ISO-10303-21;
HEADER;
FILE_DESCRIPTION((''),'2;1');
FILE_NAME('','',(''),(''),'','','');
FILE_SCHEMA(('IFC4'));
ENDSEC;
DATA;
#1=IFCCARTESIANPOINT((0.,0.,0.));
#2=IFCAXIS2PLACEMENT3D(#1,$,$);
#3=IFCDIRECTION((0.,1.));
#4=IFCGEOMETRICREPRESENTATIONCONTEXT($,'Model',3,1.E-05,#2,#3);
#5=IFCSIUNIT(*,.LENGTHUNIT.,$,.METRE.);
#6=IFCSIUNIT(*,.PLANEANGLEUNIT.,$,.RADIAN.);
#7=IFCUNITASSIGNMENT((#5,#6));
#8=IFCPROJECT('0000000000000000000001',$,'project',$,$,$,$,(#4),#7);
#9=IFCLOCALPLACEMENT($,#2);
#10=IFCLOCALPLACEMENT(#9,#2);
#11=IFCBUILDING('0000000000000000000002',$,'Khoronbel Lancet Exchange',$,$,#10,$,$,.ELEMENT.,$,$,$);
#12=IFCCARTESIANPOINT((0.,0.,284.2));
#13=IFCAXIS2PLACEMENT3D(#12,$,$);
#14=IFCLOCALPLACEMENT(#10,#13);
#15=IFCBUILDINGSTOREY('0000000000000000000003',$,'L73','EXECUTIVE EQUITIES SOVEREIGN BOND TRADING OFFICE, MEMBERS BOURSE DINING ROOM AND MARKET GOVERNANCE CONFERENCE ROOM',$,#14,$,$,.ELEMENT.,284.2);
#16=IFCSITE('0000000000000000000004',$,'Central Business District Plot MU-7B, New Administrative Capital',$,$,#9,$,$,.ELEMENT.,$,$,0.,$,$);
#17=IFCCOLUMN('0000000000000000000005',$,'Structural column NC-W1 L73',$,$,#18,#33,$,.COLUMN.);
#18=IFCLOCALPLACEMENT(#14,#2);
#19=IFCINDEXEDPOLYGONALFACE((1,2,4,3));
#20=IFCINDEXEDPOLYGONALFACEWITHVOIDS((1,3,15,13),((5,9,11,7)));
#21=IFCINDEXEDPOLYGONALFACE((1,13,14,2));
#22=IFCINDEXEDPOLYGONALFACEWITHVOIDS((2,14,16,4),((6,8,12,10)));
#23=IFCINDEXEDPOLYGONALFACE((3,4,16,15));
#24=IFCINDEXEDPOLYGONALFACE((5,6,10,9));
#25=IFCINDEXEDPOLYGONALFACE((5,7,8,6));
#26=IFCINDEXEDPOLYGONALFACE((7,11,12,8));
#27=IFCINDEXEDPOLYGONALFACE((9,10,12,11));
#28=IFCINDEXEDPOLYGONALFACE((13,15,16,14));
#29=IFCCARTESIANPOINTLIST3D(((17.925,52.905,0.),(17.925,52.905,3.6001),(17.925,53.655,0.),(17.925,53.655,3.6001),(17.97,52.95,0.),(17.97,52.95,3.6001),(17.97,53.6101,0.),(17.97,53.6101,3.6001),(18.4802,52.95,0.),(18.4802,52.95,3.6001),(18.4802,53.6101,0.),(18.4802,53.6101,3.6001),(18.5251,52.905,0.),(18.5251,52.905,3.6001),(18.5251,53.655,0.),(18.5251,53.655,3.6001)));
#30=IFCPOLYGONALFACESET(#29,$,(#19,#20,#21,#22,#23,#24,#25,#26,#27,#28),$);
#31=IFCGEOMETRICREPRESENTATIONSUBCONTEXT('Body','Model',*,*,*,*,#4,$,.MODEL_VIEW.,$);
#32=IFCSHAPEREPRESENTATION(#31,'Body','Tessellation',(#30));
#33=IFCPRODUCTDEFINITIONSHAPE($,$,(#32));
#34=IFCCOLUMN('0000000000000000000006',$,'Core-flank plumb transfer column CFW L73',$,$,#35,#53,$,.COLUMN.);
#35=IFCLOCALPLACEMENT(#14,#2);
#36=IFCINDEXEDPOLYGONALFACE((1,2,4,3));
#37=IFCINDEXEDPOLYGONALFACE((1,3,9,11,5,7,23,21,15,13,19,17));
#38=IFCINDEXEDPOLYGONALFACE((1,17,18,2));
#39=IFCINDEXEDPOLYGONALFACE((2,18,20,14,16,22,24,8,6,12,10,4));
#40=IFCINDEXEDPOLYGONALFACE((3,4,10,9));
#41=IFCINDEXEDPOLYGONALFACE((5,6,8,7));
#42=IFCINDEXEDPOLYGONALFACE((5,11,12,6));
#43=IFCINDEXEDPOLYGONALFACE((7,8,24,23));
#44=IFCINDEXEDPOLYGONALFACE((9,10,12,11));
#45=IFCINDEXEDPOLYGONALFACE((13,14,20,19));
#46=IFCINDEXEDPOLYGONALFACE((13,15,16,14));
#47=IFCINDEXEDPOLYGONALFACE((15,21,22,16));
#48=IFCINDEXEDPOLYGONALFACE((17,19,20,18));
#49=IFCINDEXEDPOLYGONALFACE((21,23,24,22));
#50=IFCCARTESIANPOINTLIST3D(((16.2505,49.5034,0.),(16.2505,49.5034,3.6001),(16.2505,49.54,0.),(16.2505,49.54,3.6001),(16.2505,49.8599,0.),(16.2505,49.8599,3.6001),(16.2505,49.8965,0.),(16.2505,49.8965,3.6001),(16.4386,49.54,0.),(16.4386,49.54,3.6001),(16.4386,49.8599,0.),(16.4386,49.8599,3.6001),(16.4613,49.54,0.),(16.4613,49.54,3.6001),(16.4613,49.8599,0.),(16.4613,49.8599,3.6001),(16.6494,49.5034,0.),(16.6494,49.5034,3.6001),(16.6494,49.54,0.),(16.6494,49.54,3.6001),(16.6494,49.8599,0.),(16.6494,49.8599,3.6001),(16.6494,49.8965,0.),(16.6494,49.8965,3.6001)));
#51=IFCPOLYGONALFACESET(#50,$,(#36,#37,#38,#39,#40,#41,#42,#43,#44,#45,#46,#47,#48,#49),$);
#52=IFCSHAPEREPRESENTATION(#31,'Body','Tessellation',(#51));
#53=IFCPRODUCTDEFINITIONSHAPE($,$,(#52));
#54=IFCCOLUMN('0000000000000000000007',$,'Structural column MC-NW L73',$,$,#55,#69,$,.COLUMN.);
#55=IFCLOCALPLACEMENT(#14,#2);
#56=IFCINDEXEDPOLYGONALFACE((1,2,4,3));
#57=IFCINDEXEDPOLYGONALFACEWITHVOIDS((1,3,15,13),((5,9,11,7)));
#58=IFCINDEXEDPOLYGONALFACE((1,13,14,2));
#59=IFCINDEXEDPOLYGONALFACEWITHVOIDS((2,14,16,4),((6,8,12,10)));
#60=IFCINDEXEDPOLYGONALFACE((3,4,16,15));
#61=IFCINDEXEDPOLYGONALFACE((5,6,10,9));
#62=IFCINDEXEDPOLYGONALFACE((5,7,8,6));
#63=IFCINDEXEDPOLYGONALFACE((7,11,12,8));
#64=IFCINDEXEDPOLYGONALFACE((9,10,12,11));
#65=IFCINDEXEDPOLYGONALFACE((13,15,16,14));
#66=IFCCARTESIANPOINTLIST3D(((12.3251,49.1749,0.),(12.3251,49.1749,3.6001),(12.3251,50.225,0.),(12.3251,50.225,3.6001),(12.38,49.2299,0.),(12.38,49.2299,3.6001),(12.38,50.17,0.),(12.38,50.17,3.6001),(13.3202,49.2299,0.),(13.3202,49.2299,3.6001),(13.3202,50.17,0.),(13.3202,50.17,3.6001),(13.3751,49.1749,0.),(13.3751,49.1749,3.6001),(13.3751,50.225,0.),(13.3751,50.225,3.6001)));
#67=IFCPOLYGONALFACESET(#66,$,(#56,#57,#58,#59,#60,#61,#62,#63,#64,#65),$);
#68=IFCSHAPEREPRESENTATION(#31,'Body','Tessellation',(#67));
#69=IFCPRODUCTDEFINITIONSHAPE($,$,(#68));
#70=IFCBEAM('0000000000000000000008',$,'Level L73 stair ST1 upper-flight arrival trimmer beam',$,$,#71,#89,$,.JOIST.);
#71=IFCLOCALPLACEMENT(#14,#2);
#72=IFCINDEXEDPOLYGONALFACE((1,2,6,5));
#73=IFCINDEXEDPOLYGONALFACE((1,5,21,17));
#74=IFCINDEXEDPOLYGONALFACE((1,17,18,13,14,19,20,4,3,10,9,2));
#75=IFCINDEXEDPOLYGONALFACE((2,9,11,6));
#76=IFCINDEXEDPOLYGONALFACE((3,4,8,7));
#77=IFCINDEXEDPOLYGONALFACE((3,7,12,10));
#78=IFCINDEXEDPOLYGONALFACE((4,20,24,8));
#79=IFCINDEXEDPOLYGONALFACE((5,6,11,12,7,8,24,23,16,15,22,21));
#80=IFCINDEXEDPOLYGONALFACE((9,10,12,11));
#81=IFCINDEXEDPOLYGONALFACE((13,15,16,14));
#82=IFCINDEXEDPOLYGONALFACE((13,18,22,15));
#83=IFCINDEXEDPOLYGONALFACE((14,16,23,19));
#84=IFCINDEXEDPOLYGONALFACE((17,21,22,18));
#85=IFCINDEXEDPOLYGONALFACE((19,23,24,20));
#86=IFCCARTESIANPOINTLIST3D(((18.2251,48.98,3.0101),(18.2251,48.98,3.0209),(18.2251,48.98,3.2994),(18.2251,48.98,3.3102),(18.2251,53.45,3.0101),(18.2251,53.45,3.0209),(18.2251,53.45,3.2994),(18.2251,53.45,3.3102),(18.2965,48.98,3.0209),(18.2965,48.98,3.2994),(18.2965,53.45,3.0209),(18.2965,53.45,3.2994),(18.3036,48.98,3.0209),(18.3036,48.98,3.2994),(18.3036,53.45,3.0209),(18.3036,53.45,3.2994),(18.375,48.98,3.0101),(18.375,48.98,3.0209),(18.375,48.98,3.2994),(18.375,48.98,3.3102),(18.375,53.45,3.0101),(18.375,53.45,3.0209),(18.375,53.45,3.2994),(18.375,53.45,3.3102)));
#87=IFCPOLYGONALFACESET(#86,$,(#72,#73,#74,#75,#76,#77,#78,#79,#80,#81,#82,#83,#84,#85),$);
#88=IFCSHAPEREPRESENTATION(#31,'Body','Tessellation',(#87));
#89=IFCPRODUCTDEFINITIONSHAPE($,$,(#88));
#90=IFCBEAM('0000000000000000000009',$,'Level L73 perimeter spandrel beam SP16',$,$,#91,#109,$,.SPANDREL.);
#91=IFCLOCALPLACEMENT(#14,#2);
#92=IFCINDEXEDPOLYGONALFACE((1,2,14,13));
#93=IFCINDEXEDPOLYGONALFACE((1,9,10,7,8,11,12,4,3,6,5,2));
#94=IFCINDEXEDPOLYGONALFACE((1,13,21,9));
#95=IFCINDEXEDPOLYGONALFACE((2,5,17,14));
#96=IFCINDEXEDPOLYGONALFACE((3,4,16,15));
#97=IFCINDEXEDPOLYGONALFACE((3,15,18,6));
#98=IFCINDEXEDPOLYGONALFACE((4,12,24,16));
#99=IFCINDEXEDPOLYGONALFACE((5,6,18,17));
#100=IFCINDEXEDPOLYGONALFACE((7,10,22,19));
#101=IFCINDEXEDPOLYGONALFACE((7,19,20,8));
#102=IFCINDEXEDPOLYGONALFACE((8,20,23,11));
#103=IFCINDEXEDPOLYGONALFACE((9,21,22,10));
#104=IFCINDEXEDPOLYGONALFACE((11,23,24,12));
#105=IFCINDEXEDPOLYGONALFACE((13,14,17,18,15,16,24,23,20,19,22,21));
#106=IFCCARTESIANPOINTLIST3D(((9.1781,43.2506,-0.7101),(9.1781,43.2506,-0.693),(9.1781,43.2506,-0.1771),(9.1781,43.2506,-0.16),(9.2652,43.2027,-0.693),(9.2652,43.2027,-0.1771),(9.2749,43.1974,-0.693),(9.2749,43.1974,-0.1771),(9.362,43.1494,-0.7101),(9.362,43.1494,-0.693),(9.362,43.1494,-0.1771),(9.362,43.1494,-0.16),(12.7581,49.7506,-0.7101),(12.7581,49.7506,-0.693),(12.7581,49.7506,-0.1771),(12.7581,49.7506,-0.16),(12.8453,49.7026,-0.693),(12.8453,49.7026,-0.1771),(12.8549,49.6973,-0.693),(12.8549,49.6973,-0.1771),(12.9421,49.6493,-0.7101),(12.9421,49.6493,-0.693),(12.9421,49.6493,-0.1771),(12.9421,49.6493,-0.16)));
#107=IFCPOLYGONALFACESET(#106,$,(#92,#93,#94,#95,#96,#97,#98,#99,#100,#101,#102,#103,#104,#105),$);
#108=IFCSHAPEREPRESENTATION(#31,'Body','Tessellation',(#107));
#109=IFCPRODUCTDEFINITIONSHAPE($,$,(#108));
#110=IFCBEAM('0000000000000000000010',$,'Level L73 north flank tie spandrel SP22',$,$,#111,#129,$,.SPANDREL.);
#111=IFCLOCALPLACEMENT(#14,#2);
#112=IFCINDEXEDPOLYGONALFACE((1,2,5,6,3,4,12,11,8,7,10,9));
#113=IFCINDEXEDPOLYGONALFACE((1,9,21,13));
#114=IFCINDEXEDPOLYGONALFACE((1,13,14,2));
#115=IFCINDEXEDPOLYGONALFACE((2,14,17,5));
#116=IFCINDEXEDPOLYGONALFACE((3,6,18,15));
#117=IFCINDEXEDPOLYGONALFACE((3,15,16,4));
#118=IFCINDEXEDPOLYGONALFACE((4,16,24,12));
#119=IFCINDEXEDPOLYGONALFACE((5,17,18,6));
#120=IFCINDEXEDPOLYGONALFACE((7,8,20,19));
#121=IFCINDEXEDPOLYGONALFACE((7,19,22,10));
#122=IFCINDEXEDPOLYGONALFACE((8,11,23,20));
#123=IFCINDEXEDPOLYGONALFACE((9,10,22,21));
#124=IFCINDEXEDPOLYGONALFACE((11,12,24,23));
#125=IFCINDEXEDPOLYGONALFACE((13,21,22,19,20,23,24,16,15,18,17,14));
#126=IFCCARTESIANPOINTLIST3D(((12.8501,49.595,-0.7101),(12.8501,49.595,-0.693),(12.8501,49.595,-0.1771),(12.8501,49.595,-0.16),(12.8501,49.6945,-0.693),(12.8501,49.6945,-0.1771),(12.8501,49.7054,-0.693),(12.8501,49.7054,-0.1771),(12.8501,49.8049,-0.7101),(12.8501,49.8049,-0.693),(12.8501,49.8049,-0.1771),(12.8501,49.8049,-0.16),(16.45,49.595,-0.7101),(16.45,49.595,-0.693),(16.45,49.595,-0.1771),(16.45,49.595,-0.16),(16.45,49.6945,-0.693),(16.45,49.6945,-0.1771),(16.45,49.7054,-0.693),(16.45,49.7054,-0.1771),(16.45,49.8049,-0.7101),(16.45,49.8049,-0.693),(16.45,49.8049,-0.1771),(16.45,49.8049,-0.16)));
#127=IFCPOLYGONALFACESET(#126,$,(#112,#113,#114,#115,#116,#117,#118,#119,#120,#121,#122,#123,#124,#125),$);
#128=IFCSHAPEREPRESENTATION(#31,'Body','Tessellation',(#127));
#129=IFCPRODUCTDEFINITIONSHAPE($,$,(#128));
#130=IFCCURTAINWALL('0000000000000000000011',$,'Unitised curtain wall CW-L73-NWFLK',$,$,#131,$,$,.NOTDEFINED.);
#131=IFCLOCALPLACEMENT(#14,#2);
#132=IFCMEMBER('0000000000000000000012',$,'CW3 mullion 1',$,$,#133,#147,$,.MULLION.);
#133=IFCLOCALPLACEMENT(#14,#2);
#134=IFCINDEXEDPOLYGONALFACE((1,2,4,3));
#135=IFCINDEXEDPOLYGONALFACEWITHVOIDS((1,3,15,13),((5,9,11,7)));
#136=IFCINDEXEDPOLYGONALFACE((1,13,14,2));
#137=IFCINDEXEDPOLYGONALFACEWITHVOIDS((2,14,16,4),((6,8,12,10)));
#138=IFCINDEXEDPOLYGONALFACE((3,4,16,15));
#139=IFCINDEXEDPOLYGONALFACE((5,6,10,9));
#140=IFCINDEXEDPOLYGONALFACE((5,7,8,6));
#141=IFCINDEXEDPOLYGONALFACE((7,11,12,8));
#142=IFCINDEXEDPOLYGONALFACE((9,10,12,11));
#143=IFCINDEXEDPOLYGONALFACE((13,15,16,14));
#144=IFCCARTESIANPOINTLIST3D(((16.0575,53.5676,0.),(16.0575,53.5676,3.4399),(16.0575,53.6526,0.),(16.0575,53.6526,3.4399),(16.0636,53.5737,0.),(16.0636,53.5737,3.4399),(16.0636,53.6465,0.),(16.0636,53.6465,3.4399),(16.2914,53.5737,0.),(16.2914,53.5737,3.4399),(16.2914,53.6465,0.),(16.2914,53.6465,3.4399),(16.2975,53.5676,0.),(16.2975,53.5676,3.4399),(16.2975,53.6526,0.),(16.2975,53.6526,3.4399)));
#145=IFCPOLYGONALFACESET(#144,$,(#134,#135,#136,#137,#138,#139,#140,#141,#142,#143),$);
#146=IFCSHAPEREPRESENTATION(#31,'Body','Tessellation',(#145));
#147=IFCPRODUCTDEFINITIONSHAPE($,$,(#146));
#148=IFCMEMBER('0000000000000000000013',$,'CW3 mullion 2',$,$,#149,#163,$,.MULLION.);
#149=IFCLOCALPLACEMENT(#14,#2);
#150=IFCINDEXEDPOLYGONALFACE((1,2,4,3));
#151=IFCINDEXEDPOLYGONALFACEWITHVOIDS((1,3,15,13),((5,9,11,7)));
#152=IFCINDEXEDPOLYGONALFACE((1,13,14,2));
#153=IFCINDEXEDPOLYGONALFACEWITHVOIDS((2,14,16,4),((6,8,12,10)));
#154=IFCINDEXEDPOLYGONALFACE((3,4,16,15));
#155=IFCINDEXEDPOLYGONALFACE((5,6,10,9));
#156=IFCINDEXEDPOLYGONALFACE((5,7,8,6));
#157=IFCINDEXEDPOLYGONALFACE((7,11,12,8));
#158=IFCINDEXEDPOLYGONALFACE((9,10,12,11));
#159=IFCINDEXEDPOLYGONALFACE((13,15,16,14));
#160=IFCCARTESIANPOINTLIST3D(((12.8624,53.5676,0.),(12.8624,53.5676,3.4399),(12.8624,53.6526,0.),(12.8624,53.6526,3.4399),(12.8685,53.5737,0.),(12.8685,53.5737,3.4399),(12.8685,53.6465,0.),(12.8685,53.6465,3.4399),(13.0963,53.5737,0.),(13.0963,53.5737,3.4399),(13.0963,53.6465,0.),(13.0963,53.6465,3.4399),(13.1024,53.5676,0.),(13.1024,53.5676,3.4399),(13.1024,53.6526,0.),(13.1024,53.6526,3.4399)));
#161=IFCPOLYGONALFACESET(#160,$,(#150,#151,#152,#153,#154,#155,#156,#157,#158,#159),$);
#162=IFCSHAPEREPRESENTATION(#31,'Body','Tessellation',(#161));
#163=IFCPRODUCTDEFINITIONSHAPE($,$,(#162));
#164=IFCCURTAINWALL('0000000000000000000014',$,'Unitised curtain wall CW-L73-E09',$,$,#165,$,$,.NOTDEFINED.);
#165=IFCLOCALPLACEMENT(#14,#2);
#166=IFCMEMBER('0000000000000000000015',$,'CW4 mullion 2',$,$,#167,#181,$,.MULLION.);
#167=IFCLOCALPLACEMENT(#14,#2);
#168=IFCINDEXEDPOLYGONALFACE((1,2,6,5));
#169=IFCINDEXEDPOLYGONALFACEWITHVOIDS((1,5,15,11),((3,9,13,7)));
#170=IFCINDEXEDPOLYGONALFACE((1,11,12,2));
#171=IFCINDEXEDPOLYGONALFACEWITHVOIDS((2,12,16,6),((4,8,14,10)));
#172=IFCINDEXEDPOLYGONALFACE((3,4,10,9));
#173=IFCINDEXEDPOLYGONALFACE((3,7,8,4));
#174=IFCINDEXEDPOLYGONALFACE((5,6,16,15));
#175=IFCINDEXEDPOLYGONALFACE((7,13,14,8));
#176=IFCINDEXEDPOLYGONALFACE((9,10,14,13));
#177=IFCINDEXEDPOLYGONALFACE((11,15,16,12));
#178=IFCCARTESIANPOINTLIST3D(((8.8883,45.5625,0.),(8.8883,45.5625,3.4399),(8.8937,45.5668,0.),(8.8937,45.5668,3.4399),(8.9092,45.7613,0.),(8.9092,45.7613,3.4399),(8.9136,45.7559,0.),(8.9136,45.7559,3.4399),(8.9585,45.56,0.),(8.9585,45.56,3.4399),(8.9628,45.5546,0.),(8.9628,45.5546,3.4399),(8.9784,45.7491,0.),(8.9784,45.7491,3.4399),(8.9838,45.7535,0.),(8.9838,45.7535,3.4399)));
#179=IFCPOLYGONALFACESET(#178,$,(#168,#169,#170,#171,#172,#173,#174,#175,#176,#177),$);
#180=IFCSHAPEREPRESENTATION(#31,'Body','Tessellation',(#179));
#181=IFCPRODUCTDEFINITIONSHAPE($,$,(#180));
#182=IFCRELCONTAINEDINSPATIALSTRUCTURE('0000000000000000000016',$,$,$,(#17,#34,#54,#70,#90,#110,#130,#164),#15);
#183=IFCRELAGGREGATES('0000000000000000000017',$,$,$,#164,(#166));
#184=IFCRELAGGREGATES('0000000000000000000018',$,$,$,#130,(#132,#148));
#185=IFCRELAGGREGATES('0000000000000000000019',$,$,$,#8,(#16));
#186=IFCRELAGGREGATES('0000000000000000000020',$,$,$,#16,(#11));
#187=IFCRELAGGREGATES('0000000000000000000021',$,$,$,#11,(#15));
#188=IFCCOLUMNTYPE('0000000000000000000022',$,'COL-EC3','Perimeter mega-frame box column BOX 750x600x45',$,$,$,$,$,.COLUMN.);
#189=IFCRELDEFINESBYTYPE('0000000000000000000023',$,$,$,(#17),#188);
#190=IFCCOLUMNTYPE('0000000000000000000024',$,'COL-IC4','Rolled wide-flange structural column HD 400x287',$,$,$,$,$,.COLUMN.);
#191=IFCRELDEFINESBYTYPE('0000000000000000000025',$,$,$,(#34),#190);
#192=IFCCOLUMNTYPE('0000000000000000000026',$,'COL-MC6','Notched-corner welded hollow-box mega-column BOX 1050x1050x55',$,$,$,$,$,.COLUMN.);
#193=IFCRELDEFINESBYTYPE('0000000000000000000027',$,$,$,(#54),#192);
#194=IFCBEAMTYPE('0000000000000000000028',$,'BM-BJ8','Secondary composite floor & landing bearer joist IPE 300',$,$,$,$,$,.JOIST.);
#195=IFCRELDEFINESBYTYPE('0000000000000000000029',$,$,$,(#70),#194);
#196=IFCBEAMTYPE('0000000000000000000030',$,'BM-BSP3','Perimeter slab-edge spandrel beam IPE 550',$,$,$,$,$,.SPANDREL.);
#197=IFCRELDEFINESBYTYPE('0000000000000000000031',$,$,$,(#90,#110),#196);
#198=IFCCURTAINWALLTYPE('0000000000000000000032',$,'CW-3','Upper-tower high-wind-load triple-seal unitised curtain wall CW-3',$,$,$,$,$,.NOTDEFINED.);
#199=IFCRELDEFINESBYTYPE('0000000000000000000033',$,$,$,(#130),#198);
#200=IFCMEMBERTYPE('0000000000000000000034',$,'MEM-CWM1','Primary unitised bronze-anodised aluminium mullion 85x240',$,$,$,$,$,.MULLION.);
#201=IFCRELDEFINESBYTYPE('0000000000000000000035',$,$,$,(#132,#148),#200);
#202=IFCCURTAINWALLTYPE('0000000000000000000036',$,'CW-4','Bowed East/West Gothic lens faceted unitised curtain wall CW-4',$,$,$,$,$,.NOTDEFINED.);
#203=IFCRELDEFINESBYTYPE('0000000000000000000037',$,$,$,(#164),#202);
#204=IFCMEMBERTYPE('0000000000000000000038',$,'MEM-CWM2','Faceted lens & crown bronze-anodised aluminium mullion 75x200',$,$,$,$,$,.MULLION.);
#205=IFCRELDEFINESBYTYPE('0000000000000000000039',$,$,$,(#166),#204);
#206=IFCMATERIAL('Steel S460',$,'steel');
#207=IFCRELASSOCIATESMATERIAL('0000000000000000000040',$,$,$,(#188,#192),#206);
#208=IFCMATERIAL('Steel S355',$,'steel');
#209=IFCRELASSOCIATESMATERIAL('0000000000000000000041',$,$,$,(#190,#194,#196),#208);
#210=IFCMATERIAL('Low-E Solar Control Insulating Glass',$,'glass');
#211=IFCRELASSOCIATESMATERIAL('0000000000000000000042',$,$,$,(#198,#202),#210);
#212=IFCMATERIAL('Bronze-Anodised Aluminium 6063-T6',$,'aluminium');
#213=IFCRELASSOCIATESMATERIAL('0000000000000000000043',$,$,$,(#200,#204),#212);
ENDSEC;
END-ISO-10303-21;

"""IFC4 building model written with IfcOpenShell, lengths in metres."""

from ifc_helpers import new_model, si_unit, direction, frame, origin, origin_2d, place, context, subcontext, project, spatial, hollow_rectangle, i_section, extrude, material, material_profile, profile_set, type_object, element, aggregate, save


model = new_model("IFC4")

# Units and contexts
model_context = context("Model", 3, precision=1e-05, world=origin(), true_north=direction((0.0, 1.0)))
body_context = subcontext(model_context, "Body", "Model", "MODEL_VIEW")
ifc_project = project(units=[si_unit("LENGTHUNIT", "METRE"), si_unit("PLANEANGLEUNIT", "RADIAN")], contexts=[model_context])

# Site, building, storey
site_placement = place(None, origin())
site = spatial("IfcSite", under=ifc_project, at=site_placement, Name="Central Business District Plot MU-7B, New Administrative Capital", CompositionType="ELEMENT", RefElevation=0.0)
building_placement = place(site_placement, origin())
building = spatial("IfcBuilding", under=site, at=building_placement, Name="Khoronbel Lancet Exchange", CompositionType="ELEMENT")
storey_placement = place(building_placement, frame((0.0, 0.0, 284.2)))
storey = spatial("IfcBuildingStorey", under=building, at=storey_placement, Name="L73", Description="EXECUTIVE EQUITIES SOVEREIGN BOND TRADING OFFICE, MEMBERS BOURSE DINING ROOM AND MARKET GOVERNANCE CONFERENCE ROOM", CompositionType="ELEMENT", Elevation=284.2)

# Columns
ifc_material_1 = material(Name="Steel S460", Category="steel")
ifc_material_profile_1 = material_profile(ifc_material_1, hollow_rectangle(XDim=0.6001, YDim=0.75, WallThickness=0.0449, at=origin_2d()), Name="BOX 750x600x45")
ifc_profile_set_1 = profile_set([ifc_material_profile_1], Name="Steel S460")
column_type_1 = type_object("IfcColumnType", Name="COL-EC3", Description="Perimeter mega-frame box column BOX 750x600x45", PredefinedType="COLUMN", material=ifc_profile_set_1)
column_1_placement = place(storey_placement, frame((18.2251, 53.28, 0.0), z_axis=(0.0, 0.0, 1.0), x_axis=(1.0, 0.0, 0.0)))
element("IfcColumn", 1, at=column_1_placement, inside=storey, type_object=column_type_1, Name="Structural column NC-W1 L73", PredefinedType="COLUMN", context=body_context, shape_type="SweptSolid", body=[
    extrude(hollow_rectangle(XDim=0.6001, YDim=0.75, WallThickness=0.0449, at=origin_2d()), origin(), (0.0, 0.0, 1.0), 3.6001),
])
ifc_material_2 = material(Name="Steel S355", Category="steel")
ifc_material_profile_2 = material_profile(ifc_material_2, i_section(OverallWidth=0.3989, OverallDepth=0.3931, WebThickness=0.0227, FlangeThickness=0.0366, at=origin_2d()), Name="HD 400x287")
ifc_profile_set_2 = profile_set([ifc_material_profile_2], Name="Steel S355")
column_type_2 = type_object("IfcColumnType", Name="COL-IC4", Description="Rolled wide-flange structural column HD 400x287", PredefinedType="COLUMN", material=ifc_profile_set_2)
column_2_placement = place(storey_placement, frame((16.45, 49.7, 0.0), z_axis=(0.0, 0.0, 1.0), x_axis=(1.0, 0.0, 0.0)))
element("IfcColumn", 2, at=column_2_placement, inside=storey, type_object=column_type_2, Name="Core-flank plumb transfer column CFW L73", PredefinedType="COLUMN", context=body_context, shape_type="SweptSolid", body=[
    extrude(i_section(OverallWidth=0.3989, OverallDepth=0.3931, WebThickness=0.0227, FlangeThickness=0.0366, at=origin_2d()), origin(), (0.0, 0.0, 1.0), 3.6001),
])
ifc_material_profile_3 = material_profile(ifc_material_1, hollow_rectangle(XDim=1.05, YDim=1.05, WallThickness=0.0549, at=origin_2d()), Name="BOX 1050x1050x55")
ifc_profile_set_3 = profile_set([ifc_material_profile_3], Name="Steel S460")
column_type_3 = type_object("IfcColumnType", Name="COL-MC6", Description="Notched-corner welded hollow-box mega-column BOX 1050x1050x55", PredefinedType="COLUMN", material=ifc_profile_set_3)
column_3_placement = place(storey_placement, frame((12.8501, 49.7, 0.0), z_axis=(0.0, 0.0, 1.0), x_axis=(1.0, 0.0, 0.0)))
element("IfcColumn", 3, at=column_3_placement, inside=storey, type_object=column_type_3, Name="Structural column MC-NW L73", PredefinedType="COLUMN", context=body_context, shape_type="SweptSolid", body=[
    extrude(hollow_rectangle(XDim=1.05, YDim=1.05, WallThickness=0.0549, at=origin_2d()), origin(), (0.0, 0.0, 1.0), 3.6001),
])

# Beams
ifc_material_profile_4 = material_profile(ifc_material_2, i_section(OverallWidth=0.1499, OverallDepth=0.3, WebThickness=0.0071, FlangeThickness=0.0107, at=origin_2d()), Name="IPE 300")
ifc_profile_set_4 = profile_set([ifc_material_profile_4], Name="Steel S355")
beam_type_1 = type_object("IfcBeamType", Name="BM-BJ8", Description="Secondary composite floor & landing bearer joist IPE 300", PredefinedType="JOIST", material=ifc_profile_set_4)
beam_1_placement = place(storey_placement, frame((18.3, 48.98, 3.1602), z_axis=(0.0, 1.0, 0.0), x_axis=(-1.0, 0.0, 0.0)))
element("IfcBeam", 4, at=beam_1_placement, inside=storey, type_object=beam_type_1, Name="Level L73 stair ST1 upper-flight arrival trimmer beam", PredefinedType="JOIST", context=body_context, shape_type="SweptSolid", body=[
    extrude(i_section(OverallWidth=0.1499, OverallDepth=0.3, WebThickness=0.0071, FlangeThickness=0.0107, at=origin_2d()), origin(), (0.0, 0.0, 1.0), 4.47),
])
ifc_material_profile_5 = material_profile(ifc_material_2, i_section(OverallWidth=0.21, OverallDepth=0.55, WebThickness=0.011, FlangeThickness=0.0171, at=origin_2d()), Name="IPE 550")
ifc_profile_set_5 = profile_set([ifc_material_profile_5], Name="Steel S355")
beam_type_2 = type_object("IfcBeamType", Name="BM-BSP3", Description="Perimeter slab-edge spandrel beam IPE 550", PredefinedType="SPANDREL", material=ifc_profile_set_5)
beam_2_placement = place(storey_placement, frame((12.8501, 49.7, -0.4351), z_axis=(-0.482444, -0.875927, 0.0), x_axis=(0.875927, -0.482444, 0.0)))
element("IfcBeam", 5, at=beam_2_placement, inside=storey, type_object=beam_type_2, Name="Level L73 perimeter spandrel beam SP16", PredefinedType="SPANDREL", context=body_context, shape_type="SweptSolid", body=[
    extrude(i_section(OverallWidth=0.21, OverallDepth=0.55, WebThickness=0.011, FlangeThickness=0.0171, at=origin_2d()), origin(), (0.0, 0.0, 1.0), 7.4207),
])
beam_3_placement = place(storey_placement, frame((12.8501, 49.7, -0.4351), z_axis=(1.0, 0.0, 0.0), x_axis=(0.0, 1.0, 0.0)))
element("IfcBeam", 6, at=beam_3_placement, inside=storey, type_object=beam_type_2, Name="Level L73 north flank tie spandrel SP22", PredefinedType="SPANDREL", context=body_context, shape_type="SweptSolid", body=[
    extrude(i_section(OverallWidth=0.21, OverallDepth=0.55, WebThickness=0.011, FlangeThickness=0.0171, at=origin_2d()), origin(), (0.0, 0.0, 1.0), 3.5999),
])

# Curtain wall, members
ifc_material_3 = material(Name="Low-E Solar Control Insulating Glass", Category="glass")
curtain_wall_type_1 = type_object("IfcCurtainWallType", Name="CW-3", Description="Upper-tower high-wind-load triple-seal unitised curtain wall CW-3", PredefinedType="NOTDEFINED", material=ifc_material_3)
curtain_wall_1_placement = place(storey_placement, origin())
curtain_wall_1 = element("IfcCurtainWall", 7, at=curtain_wall_1_placement, inside=storey, type_object=curtain_wall_type_1, Name="Unitised curtain wall CW-L73-NWFLK", PredefinedType="NOTDEFINED")
ifc_material_4 = material(Name="Bronze-Anodised Aluminium 6063-T6", Category="aluminium")
ifc_material_profile_6 = material_profile(ifc_material_4, hollow_rectangle(XDim=0.085, YDim=0.24, WallThickness=0.0061, at=origin_2d()), Name="ALU MULLION 85x240")
ifc_profile_set_6 = profile_set([ifc_material_profile_6], Name="Bronze-Anodised Aluminium 6063-T6")
member_type_1 = type_object("IfcMemberType", Name="MEM-CWM1", Description="Primary unitised bronze-anodised aluminium mullion 85x240", PredefinedType="MULLION", material=ifc_profile_set_6)
member_1_placement = place(storey_placement, frame((16.1775, 53.6101, 0.0), z_axis=(0.0, 0.0, 1.0), x_axis=(0.0, -1.0, 0.0)))
member_1 = element("IfcMember", 8, at=member_1_placement, type_object=member_type_1, Name="CW3 mullion 1", PredefinedType="MULLION", context=body_context, shape_type="SweptSolid", body=[
    extrude(hollow_rectangle(XDim=0.085, YDim=0.24, WallThickness=0.0061, at=origin_2d()), origin(), (0.0, 0.0, 1.0), 3.4399),
])
member_2_placement = place(storey_placement, frame((12.9824, 53.6101, 0.0), z_axis=(0.0, 0.0, 1.0), x_axis=(0.0, -1.0, 0.0)))
member_2 = element("IfcMember", 9, at=member_2_placement, type_object=member_type_1, Name="CW3 mullion 2", PredefinedType="MULLION", context=body_context, shape_type="SweptSolid", body=[
    extrude(hollow_rectangle(XDim=0.085, YDim=0.24, WallThickness=0.0061, at=origin_2d()), origin(), (0.0, 0.0, 1.0), 3.4399),
])

# Curtain wall, member
curtain_wall_type_2 = type_object("IfcCurtainWallType", Name="CW-4", Description="Bowed East/West Gothic lens faceted unitised curtain wall CW-4", PredefinedType="NOTDEFINED", material=ifc_material_3)
curtain_wall_2_placement = place(storey_placement, origin())
curtain_wall_2 = element("IfcCurtainWall", 10, at=curtain_wall_2_placement, inside=storey, type_object=curtain_wall_type_2, Name="Unitised curtain wall CW-L73-E09", PredefinedType="NOTDEFINED")
ifc_material_profile_7 = material_profile(ifc_material_4, hollow_rectangle(XDim=0.075, YDim=0.2, WallThickness=0.0049, at=origin_2d()), Name="ALU MULLION 75x200")
ifc_profile_set_7 = profile_set([ifc_material_profile_7], Name="Bronze-Anodised Aluminium 6063-T6")
member_type_2 = type_object("IfcMemberType", Name="MEM-CWM2", Description="Faceted lens & crown bronze-anodised aluminium mullion 75x200", PredefinedType="MULLION", material=ifc_profile_set_7)
member_3_placement = place(storey_placement, frame((8.936, 45.658, 0.0), z_axis=(0.0, 0.0, 1.0), x_axis=(-0.994505, 0.104691, 0.0)))
member_3 = element("IfcMember", 11, at=member_3_placement, type_object=member_type_2, Name="CW4 mullion 2", PredefinedType="MULLION", context=body_context, shape_type="SweptSolid", body=[
    extrude(hollow_rectangle(XDim=0.075, YDim=0.2, WallThickness=0.0049, at=origin_2d()), origin(), (0.0, 0.0, 1.0), 3.4399),
])
aggregate(curtain_wall_2, [member_3])

aggregate(curtain_wall_1, [member_1, member_2])

save(model, "model.ifc")
